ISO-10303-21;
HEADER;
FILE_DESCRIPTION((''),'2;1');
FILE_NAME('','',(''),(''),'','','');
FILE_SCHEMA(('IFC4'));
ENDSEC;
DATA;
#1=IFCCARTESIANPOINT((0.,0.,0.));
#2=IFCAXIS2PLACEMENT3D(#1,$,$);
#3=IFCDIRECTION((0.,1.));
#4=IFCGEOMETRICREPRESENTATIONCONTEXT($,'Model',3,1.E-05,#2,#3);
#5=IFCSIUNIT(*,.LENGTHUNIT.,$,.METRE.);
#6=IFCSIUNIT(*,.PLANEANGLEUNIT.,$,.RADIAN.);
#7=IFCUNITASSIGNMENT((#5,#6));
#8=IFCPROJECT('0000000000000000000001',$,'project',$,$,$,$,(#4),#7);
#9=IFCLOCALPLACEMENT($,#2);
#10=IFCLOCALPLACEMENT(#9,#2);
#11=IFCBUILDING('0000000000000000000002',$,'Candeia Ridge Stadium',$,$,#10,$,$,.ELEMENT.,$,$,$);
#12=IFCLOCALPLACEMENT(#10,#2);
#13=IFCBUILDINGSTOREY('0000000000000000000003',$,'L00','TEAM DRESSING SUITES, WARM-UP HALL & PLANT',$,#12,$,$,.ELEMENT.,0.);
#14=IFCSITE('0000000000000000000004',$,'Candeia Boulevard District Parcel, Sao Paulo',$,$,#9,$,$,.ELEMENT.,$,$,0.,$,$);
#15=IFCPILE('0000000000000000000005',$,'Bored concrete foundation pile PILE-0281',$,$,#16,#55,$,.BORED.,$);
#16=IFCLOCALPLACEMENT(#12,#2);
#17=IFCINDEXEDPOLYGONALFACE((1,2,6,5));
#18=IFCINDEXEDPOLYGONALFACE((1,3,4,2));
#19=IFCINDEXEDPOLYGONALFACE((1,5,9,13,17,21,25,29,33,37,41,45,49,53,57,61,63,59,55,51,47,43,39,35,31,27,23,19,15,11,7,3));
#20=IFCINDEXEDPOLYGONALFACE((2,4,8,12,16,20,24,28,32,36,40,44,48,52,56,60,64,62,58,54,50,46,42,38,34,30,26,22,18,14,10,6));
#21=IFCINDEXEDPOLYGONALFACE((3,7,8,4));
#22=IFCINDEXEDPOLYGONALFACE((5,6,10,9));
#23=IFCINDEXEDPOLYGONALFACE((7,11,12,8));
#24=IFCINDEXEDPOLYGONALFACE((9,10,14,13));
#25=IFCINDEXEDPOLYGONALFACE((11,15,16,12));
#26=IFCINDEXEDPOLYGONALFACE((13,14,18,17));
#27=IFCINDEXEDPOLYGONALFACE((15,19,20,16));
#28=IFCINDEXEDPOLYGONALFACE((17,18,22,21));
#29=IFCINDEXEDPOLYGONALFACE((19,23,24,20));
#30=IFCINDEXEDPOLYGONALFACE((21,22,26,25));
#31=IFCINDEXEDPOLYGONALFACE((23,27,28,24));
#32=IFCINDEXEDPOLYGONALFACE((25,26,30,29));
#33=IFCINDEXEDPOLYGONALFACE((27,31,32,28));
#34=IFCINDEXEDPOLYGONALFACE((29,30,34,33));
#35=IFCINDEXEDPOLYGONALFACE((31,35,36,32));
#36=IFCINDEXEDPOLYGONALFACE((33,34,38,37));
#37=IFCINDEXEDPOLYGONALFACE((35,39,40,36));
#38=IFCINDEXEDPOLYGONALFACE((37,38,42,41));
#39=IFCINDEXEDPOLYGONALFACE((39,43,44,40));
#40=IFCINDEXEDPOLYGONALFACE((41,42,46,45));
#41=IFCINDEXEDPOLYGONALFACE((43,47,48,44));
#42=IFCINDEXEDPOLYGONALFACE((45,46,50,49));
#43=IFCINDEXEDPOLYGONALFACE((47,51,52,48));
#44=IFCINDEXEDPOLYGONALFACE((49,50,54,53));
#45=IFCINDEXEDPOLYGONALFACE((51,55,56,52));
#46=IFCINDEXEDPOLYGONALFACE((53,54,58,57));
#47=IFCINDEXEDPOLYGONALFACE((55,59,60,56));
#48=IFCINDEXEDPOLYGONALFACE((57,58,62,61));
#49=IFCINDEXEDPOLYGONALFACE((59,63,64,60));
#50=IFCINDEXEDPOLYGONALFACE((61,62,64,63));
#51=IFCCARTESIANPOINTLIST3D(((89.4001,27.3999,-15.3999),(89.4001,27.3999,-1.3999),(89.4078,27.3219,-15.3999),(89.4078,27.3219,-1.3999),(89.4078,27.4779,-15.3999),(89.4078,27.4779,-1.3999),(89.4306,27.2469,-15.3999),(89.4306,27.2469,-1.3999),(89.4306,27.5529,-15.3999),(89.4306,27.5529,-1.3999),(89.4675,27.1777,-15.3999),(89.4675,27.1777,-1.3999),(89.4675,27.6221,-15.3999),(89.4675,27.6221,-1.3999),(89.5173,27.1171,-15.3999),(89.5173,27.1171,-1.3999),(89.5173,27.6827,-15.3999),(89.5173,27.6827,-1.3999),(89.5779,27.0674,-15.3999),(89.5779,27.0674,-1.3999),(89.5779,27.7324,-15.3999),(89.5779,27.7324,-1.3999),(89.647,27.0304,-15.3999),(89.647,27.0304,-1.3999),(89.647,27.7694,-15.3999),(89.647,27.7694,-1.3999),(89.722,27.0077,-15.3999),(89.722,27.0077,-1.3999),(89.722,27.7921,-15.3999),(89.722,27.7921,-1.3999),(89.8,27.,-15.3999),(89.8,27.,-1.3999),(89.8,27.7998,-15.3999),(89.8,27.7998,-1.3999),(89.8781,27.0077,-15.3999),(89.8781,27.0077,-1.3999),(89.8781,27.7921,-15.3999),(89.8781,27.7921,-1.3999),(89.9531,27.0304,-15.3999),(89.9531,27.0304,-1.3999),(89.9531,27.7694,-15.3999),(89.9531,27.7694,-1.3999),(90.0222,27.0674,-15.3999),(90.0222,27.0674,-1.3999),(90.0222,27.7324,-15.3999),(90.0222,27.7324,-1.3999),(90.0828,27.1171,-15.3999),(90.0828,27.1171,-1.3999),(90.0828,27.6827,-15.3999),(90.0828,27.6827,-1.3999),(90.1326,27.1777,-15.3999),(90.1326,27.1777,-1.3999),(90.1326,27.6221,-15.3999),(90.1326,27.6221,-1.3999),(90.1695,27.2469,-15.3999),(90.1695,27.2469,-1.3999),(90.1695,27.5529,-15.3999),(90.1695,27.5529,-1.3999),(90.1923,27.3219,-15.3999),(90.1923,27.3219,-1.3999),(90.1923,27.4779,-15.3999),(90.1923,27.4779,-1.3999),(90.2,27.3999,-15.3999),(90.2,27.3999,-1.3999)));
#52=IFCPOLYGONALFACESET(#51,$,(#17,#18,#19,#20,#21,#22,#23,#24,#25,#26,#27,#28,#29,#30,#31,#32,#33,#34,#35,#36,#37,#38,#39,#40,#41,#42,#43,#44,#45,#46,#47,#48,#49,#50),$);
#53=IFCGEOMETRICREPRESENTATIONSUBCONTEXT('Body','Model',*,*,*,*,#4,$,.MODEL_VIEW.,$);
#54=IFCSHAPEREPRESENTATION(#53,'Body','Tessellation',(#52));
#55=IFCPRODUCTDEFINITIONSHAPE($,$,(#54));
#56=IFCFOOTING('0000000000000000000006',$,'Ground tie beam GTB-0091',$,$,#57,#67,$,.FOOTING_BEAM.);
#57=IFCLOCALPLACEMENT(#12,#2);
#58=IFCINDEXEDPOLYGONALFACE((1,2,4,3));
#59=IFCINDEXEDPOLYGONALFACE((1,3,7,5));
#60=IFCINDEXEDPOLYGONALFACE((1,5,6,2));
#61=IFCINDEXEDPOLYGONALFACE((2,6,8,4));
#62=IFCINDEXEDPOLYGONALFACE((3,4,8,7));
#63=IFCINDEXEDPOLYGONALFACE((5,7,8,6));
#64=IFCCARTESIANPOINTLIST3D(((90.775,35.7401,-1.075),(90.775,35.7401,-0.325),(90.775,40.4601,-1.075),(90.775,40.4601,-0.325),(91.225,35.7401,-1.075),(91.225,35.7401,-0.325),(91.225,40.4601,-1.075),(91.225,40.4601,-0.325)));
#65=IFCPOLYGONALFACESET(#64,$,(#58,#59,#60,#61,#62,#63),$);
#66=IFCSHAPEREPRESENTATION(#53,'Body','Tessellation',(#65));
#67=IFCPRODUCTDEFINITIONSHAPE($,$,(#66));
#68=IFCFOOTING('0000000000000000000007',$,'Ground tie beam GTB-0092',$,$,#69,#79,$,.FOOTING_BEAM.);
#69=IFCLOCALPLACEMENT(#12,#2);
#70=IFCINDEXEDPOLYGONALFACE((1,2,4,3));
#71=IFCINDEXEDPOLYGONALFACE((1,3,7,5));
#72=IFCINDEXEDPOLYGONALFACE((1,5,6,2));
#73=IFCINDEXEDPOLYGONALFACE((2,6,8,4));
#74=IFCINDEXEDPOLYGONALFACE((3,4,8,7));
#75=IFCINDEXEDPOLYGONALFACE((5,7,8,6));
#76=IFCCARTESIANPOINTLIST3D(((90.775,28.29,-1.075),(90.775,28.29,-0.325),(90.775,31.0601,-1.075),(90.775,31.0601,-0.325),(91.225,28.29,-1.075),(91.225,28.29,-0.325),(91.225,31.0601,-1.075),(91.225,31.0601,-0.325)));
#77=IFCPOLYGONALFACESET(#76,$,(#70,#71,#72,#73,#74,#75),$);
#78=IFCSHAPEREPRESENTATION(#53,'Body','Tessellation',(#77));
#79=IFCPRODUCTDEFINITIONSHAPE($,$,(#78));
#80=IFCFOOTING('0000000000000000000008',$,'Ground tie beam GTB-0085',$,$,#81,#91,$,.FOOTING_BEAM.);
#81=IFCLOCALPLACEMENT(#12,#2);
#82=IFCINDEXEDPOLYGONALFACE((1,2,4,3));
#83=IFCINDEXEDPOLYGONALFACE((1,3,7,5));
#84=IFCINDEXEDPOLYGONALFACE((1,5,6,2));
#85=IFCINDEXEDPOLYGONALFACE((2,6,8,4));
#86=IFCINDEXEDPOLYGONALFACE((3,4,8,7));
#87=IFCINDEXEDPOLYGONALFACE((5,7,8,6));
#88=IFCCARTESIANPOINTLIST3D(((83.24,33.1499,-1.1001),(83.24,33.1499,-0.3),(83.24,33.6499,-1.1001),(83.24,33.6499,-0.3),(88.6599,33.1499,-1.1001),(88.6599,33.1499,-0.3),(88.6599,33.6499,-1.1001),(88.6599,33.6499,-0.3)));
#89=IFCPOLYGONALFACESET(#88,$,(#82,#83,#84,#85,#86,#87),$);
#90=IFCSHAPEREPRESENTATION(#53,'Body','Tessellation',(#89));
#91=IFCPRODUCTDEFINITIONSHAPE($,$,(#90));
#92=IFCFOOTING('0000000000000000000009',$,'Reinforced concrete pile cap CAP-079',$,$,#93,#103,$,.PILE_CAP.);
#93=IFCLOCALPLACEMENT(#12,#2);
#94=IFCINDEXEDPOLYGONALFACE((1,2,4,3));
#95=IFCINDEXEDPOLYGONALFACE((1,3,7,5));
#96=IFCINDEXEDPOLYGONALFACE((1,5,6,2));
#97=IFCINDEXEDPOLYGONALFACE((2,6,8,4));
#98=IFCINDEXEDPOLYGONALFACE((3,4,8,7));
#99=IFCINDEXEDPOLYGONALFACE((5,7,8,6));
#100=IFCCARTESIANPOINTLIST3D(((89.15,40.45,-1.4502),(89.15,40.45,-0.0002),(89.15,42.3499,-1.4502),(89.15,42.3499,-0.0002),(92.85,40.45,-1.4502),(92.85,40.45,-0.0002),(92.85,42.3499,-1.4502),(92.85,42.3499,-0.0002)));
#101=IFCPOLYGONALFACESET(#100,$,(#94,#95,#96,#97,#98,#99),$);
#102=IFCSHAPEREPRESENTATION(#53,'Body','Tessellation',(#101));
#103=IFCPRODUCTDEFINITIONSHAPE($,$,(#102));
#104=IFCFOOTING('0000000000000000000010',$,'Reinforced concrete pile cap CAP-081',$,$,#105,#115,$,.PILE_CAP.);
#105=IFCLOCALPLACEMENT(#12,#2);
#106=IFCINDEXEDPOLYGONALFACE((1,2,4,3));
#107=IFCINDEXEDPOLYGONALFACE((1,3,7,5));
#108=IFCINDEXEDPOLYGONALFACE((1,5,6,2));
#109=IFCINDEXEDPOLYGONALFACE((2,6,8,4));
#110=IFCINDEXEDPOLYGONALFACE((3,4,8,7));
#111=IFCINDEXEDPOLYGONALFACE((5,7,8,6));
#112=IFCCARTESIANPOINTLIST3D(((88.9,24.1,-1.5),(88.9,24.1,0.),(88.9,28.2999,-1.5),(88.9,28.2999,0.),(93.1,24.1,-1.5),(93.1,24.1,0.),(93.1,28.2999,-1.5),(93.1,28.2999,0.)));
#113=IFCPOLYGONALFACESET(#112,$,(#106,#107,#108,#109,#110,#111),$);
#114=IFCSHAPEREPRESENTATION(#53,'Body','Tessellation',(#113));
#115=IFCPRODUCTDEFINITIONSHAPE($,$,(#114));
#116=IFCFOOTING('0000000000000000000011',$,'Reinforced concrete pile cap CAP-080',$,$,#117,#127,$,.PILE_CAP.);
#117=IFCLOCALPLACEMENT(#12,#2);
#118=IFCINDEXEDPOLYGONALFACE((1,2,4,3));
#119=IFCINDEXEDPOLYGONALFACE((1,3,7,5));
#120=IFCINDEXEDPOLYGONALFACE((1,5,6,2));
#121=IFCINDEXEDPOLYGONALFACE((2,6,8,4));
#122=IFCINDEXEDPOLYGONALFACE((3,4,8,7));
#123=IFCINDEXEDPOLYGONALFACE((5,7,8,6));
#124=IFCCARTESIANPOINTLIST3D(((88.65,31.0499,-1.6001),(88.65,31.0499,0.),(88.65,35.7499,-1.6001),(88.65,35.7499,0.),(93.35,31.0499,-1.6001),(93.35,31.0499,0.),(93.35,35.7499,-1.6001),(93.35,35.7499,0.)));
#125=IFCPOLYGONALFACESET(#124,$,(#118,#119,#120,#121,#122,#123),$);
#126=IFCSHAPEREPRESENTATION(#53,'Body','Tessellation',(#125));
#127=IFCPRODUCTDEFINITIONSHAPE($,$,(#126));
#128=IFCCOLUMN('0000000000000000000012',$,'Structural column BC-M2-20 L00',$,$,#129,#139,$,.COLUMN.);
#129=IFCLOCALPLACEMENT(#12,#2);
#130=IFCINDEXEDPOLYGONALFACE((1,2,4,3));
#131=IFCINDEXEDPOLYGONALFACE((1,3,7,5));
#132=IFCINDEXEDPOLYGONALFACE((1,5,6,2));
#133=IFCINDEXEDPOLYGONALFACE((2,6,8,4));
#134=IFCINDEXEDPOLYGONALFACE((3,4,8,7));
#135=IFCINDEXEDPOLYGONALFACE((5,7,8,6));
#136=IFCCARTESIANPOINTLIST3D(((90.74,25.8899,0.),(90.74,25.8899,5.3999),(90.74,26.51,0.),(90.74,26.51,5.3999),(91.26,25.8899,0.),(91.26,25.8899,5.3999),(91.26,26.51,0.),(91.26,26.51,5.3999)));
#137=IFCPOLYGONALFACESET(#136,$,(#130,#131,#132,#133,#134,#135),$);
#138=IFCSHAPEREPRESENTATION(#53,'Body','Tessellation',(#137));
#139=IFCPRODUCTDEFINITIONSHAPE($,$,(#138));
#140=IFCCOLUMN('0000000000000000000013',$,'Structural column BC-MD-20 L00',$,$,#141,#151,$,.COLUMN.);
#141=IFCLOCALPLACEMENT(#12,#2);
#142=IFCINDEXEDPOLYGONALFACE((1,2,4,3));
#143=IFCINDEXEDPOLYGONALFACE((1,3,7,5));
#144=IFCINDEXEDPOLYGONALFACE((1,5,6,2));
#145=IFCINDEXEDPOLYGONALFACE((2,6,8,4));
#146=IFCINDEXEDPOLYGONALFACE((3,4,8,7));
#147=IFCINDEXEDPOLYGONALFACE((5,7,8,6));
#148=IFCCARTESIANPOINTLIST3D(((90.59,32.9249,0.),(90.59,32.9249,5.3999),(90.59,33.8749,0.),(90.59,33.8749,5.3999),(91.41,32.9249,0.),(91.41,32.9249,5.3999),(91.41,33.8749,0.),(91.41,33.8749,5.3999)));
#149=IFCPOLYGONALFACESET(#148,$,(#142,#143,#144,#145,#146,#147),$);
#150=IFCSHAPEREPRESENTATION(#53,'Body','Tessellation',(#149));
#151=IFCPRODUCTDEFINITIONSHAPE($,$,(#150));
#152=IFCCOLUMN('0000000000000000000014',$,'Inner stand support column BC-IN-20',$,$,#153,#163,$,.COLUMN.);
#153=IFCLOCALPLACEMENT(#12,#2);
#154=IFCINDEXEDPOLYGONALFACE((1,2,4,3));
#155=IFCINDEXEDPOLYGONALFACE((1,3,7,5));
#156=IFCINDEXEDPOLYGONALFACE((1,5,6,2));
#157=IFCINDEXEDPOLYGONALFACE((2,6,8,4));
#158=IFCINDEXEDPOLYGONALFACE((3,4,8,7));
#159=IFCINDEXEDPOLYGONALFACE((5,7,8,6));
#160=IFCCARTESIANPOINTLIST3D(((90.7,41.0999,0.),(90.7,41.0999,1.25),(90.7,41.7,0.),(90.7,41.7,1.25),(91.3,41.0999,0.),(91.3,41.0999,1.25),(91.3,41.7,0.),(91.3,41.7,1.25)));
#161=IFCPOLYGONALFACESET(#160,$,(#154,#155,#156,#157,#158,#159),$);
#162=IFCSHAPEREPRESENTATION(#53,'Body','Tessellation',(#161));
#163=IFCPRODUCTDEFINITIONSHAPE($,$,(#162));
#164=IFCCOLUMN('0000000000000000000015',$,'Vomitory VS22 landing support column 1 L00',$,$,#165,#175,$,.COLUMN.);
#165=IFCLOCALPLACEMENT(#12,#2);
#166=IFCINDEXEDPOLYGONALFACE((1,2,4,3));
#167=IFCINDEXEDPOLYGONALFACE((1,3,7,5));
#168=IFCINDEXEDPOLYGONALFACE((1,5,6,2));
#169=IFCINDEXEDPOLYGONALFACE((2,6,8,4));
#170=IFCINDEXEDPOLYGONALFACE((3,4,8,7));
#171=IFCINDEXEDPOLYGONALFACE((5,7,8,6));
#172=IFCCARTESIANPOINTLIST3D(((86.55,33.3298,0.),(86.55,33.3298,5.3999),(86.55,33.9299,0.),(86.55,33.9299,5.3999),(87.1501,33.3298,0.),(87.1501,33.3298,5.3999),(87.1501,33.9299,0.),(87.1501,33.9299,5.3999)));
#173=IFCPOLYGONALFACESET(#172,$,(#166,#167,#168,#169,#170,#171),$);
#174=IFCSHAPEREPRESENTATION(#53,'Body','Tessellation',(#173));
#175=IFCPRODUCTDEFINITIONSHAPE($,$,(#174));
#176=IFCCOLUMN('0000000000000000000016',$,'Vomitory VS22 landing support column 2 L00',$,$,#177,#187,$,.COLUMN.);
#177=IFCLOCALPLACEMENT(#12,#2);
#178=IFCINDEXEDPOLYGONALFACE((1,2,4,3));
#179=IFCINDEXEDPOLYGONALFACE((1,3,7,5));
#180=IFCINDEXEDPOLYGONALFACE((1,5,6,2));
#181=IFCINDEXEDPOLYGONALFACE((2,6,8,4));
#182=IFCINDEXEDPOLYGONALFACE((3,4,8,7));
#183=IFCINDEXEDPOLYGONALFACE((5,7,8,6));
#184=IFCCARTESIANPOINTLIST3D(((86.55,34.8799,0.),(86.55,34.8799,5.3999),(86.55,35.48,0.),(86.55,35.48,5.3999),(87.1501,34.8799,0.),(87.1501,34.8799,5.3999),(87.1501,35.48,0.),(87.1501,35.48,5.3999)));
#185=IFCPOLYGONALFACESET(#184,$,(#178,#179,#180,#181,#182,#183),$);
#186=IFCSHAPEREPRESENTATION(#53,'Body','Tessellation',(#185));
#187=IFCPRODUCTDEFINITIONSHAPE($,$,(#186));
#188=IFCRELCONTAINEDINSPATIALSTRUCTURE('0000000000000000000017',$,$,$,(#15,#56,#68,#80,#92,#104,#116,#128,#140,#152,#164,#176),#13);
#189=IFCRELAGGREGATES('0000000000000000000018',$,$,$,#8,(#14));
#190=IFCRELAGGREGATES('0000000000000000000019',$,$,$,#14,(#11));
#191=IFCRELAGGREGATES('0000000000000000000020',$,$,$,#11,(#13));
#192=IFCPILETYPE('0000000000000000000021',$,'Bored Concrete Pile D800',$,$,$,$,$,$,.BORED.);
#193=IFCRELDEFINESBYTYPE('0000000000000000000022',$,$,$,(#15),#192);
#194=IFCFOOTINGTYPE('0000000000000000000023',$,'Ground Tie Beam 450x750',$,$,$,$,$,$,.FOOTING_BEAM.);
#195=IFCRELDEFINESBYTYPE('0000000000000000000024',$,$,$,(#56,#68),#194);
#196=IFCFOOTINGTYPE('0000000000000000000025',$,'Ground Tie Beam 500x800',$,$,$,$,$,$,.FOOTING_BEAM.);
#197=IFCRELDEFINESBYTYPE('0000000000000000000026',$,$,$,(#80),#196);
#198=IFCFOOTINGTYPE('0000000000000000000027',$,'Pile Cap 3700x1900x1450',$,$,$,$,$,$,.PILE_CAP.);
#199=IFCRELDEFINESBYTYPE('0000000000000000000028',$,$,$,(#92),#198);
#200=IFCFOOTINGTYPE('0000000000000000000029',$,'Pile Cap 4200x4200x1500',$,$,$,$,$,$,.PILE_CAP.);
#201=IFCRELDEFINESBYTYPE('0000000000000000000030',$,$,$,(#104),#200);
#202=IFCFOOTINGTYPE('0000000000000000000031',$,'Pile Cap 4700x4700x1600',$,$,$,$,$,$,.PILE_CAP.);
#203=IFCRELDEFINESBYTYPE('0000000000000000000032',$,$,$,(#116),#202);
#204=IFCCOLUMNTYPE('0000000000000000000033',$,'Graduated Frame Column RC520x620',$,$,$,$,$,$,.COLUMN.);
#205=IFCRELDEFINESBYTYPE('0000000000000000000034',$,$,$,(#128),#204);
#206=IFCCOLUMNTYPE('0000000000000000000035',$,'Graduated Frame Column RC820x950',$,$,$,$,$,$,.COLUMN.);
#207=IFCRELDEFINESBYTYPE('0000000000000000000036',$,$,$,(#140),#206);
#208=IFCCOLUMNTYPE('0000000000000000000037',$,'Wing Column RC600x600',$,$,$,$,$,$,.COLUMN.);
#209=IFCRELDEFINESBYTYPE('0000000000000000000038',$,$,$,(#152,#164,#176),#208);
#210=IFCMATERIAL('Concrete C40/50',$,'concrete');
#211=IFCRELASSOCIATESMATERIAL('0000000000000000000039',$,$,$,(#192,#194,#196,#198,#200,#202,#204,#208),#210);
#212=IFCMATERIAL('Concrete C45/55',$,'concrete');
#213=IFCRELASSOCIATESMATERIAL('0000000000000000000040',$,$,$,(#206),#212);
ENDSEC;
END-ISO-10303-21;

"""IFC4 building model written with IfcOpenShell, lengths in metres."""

from ifc_helpers import new_model, si_unit, direction, frame, origin, origin_2d, place, context, subcontext, project, spatial, rectangle, circle, extrude, material, material_profile, profile_set, type_object, element, save


model = new_model("IFC4")

# Units and contexts
model_context = context("Model", 3, precision=1e-05, world=origin(), true_north=direction((0.0, 1.0)))
body_context = subcontext(model_context, "Body", "Model", "MODEL_VIEW")
ifc_project = project(units=[si_unit("LENGTHUNIT", "METRE"), si_unit("PLANEANGLEUNIT", "RADIAN")], contexts=[model_context])

# Site, building, storey
site_placement = place(None, origin())
site = spatial("IfcSite", under=ifc_project, at=site_placement, Name="Candeia Boulevard District Parcel, Sao Paulo", CompositionType="ELEMENT", RefElevation=0.0)
building_placement = place(site_placement, origin())
building = spatial("IfcBuilding", under=site, at=building_placement, Name="Candeia Ridge Stadium", CompositionType="ELEMENT")
storey_placement = place(building_placement, origin())
storey = spatial("IfcBuildingStorey", under=building, at=storey_placement, Name="L00", Description="TEAM DRESSING SUITES, WARM-UP HALL & PLANT", CompositionType="ELEMENT", Elevation=0.0)

# Pile
ifc_material_1 = material(Name="Concrete C40/50", Category="concrete")
ifc_material_profile_1 = material_profile(ifc_material_1, circle(Radius=0.3999, at=origin_2d()), Name="PILE-D800", Category="concrete")
ifc_profile_set_1 = profile_set([ifc_material_profile_1], Name="Concrete C40/50")
pile_type_1 = type_object("IfcPileType", Name="Bored Concrete Pile D800", PredefinedType="BORED", material=ifc_profile_set_1)
pile_placement = place(storey_placement, frame((89.8, 27.3999, -1.3999), z_axis=(0.0, 0.0, -1.0), x_axis=(1.0, 0.0, 0.0)))
element("IfcPile", 1, at=pile_placement, inside=storey, type_object=pile_type_1, Name="Bored concrete foundation pile PILE-0281", PredefinedType="BORED", context=body_context, shape_type="SweptSolid", body=[
    extrude(circle(Radius=0.3999, at=origin_2d()), origin(), (0.0, 0.0, 1.0), 14.0),
])

# Footings
footing_type_1 = type_object("IfcFootingType", Name="Ground Tie Beam 450x750", PredefinedType="FOOTING_BEAM", material=ifc_material_1)
footing_1_placement = place(storey_placement, frame((91.0, 38.1001, -1.075), z_axis=(0.0, 0.0, 1.0), x_axis=(0.0, -1.0, 0.0)))
element("IfcFooting", 2, at=footing_1_placement, inside=storey, type_object=footing_type_1, Name="Ground tie beam GTB-0091", PredefinedType="FOOTING_BEAM", context=body_context, shape_type="SweptSolid", body=[
    extrude(rectangle(XDim=4.72, YDim=0.45, at=origin_2d()), origin(), (0.0, 0.0, 1.0), 0.75),
])
footing_2_placement = place(storey_placement, frame((91.0, 29.675, -1.075), z_axis=(0.0, 0.0, 1.0), x_axis=(0.0, -1.0, 0.0)))
element("IfcFooting", 3, at=footing_2_placement, inside=storey, type_object=footing_type_1, Name="Ground tie beam GTB-0092", PredefinedType="FOOTING_BEAM", context=body_context, shape_type="SweptSolid", body=[
    extrude(rectangle(XDim=2.77, YDim=0.45, at=origin_2d()), origin(), (0.0, 0.0, 1.0), 0.75),
])
footing_type_2 = type_object("IfcFootingType", Name="Ground Tie Beam 500x800", PredefinedType="FOOTING_BEAM", material=ifc_material_1)
footing_3_placement = place(storey_placement, frame((85.95, 33.3999, -1.1001), z_axis=(0.0, 0.0, 1.0), x_axis=(1.0, 0.0, 0.0)))
element("IfcFooting", 4, at=footing_3_placement, inside=storey, type_object=footing_type_2, Name="Ground tie beam GTB-0085", PredefinedType="FOOTING_BEAM", context=body_context, shape_type="SweptSolid", body=[
    extrude(rectangle(XDim=5.4199, YDim=0.5, at=origin_2d()), origin(), (0.0, 0.0, 1.0), 0.8),
])
footing_type_3 = type_object("IfcFootingType", Name="Pile Cap 3700x1900x1450", PredefinedType="PILE_CAP", material=ifc_material_1)
footing_4_placement = place(storey_placement, frame((91.0, 41.3999, -1.4502), z_axis=(0.0, 0.0, 1.0), x_axis=(1.0, 0.0, 0.0)))
element("IfcFooting", 5, at=footing_4_placement, inside=storey, type_object=footing_type_3, Name="Reinforced concrete pile cap CAP-079", PredefinedType="PILE_CAP", context=body_context, shape_type="SweptSolid", body=[
    extrude(rectangle(XDim=3.7, YDim=1.8999, at=origin_2d()), origin(), (0.0, 0.0, 1.0), 1.45),
])
footing_type_4 = type_object("IfcFootingType", Name="Pile Cap 4200x4200x1500", PredefinedType="PILE_CAP", material=ifc_material_1)
footing_5_placement = place(storey_placement, frame((91.0, 26.2, -1.5), z_axis=(0.0, 0.0, 1.0), x_axis=(1.0, 0.0, 0.0)))
element("IfcFooting", 6, at=footing_5_placement, inside=storey, type_object=footing_type_4, Name="Reinforced concrete pile cap CAP-081", PredefinedType="PILE_CAP", context=body_context, shape_type="SweptSolid", body=[
    extrude(rectangle(XDim=4.2, YDim=4.2, at=origin_2d()), origin(), (0.0, 0.0, 1.0), 1.5),
])
footing_type_5 = type_object("IfcFootingType", Name="Pile Cap 4700x4700x1600", PredefinedType="PILE_CAP", material=ifc_material_1)
footing_6_placement = place(storey_placement, frame((91.0, 33.3999, -1.6001), z_axis=(0.0, 0.0, 1.0), x_axis=(1.0, 0.0, 0.0)))
element("IfcFooting", 7, at=footing_6_placement, inside=storey, type_object=footing_type_5, Name="Reinforced concrete pile cap CAP-080", PredefinedType="PILE_CAP", context=body_context, shape_type="SweptSolid", body=[
    extrude(rectangle(XDim=4.7, YDim=4.7, at=origin_2d()), origin(), (0.0, 0.0, 1.0), 1.6001),
])

# Columns
ifc_material_profile_2 = material_profile(ifc_material_1, rectangle(XDim=0.52, YDim=0.6201, at=origin_2d()), Name="RC520x620", Category="concrete")
ifc_profile_set_2 = profile_set([ifc_material_profile_2], Name="Concrete C40/50")
column_type_1 = type_object("IfcColumnType", Name="Graduated Frame Column RC520x620", PredefinedType="COLUMN", material=ifc_profile_set_2)
column_1_placement = place(storey_placement, frame((91.0, 26.2, 0.0), z_axis=(0.0, 0.0, 1.0), x_axis=(1.0, 0.0, 0.0)))
element("IfcColumn", 8, at=column_1_placement, inside=storey, type_object=column_type_1, Name="Structural column BC-M2-20 L00", PredefinedType="COLUMN", context=body_context, shape_type="SweptSolid", body=[
    extrude(rectangle(XDim=0.52, YDim=0.6201, at=origin_2d()), origin(), (0.0, 0.0, 1.0), 5.3999),
])
ifc_material_2 = material(Name="Concrete C45/55", Category="concrete")
ifc_material_profile_3 = material_profile(ifc_material_2, rectangle(XDim=0.8201, YDim=0.95, at=origin_2d()), Name="RC820x950", Category="concrete")
ifc_profile_set_3 = profile_set([ifc_material_profile_3], Name="Concrete C45/55")
column_type_2 = type_object("IfcColumnType", Name="Graduated Frame Column RC820x950", PredefinedType="COLUMN", material=ifc_profile_set_3)
column_2_placement = place(storey_placement, frame((91.0, 33.3999, 0.0), z_axis=(0.0, 0.0, 1.0), x_axis=(1.0, 0.0, 0.0)))
element("IfcColumn", 9, at=column_2_placement, inside=storey, type_object=column_type_2, Name="Structural column BC-MD-20 L00", PredefinedType="COLUMN", context=body_context, shape_type="SweptSolid", body=[
    extrude(rectangle(XDim=0.8201, YDim=0.95, at=origin_2d()), origin(), (0.0, 0.0, 1.0), 5.3999),
])
ifc_material_profile_4 = material_profile(ifc_material_1, rectangle(XDim=0.6001, YDim=0.6001, at=origin_2d()), Name="RC600x600", Category="concrete")
ifc_profile_set_4 = profile_set([ifc_material_profile_4], Name="Concrete C40/50")
column_type_3 = type_object("IfcColumnType", Name="Wing Column RC600x600", PredefinedType="COLUMN", material=ifc_profile_set_4)
column_3_placement = place(storey_placement, frame((91.0, 41.3999, 0.0), z_axis=(0.0, 0.0, 1.0), x_axis=(1.0, 0.0, 0.0)))
element("IfcColumn", 10, at=column_3_placement, inside=storey, type_object=column_type_3, Name="Inner stand support column BC-IN-20", PredefinedType="COLUMN", context=body_context, shape_type="SweptSolid", body=[
    extrude(rectangle(XDim=0.6001, YDim=0.6001, at=origin_2d()), origin(), (0.0, 0.0, 1.0), 1.25),
])
for number, where, z_axis, x_axis, name in (
    (11, (86.8501, 33.6299, 0.0), (0.0, 0.0, 1.0), (1.0, 0.0, 0.0), "Vomitory VS22 landing support column 1 L00"),
    (12, (86.8501, 35.1799, 0.0), (0.0, 0.0, 1.0), (1.0, 0.0, 0.0), "Vomitory VS22 landing support column 2 L00"),
):
    element("IfcColumn", number, at=place(storey_placement, frame(where, z_axis=z_axis, x_axis=x_axis)), inside=storey, type_object=column_type_3, Name=name, PredefinedType="COLUMN", context=body_context, shape_type="SweptSolid", body=[
        extrude(rectangle(XDim=0.6001, YDim=0.6001, at=origin_2d()), origin(), (0.0, 0.0, 1.0), 5.3999),
    ])

save(model, "model.ifc")
